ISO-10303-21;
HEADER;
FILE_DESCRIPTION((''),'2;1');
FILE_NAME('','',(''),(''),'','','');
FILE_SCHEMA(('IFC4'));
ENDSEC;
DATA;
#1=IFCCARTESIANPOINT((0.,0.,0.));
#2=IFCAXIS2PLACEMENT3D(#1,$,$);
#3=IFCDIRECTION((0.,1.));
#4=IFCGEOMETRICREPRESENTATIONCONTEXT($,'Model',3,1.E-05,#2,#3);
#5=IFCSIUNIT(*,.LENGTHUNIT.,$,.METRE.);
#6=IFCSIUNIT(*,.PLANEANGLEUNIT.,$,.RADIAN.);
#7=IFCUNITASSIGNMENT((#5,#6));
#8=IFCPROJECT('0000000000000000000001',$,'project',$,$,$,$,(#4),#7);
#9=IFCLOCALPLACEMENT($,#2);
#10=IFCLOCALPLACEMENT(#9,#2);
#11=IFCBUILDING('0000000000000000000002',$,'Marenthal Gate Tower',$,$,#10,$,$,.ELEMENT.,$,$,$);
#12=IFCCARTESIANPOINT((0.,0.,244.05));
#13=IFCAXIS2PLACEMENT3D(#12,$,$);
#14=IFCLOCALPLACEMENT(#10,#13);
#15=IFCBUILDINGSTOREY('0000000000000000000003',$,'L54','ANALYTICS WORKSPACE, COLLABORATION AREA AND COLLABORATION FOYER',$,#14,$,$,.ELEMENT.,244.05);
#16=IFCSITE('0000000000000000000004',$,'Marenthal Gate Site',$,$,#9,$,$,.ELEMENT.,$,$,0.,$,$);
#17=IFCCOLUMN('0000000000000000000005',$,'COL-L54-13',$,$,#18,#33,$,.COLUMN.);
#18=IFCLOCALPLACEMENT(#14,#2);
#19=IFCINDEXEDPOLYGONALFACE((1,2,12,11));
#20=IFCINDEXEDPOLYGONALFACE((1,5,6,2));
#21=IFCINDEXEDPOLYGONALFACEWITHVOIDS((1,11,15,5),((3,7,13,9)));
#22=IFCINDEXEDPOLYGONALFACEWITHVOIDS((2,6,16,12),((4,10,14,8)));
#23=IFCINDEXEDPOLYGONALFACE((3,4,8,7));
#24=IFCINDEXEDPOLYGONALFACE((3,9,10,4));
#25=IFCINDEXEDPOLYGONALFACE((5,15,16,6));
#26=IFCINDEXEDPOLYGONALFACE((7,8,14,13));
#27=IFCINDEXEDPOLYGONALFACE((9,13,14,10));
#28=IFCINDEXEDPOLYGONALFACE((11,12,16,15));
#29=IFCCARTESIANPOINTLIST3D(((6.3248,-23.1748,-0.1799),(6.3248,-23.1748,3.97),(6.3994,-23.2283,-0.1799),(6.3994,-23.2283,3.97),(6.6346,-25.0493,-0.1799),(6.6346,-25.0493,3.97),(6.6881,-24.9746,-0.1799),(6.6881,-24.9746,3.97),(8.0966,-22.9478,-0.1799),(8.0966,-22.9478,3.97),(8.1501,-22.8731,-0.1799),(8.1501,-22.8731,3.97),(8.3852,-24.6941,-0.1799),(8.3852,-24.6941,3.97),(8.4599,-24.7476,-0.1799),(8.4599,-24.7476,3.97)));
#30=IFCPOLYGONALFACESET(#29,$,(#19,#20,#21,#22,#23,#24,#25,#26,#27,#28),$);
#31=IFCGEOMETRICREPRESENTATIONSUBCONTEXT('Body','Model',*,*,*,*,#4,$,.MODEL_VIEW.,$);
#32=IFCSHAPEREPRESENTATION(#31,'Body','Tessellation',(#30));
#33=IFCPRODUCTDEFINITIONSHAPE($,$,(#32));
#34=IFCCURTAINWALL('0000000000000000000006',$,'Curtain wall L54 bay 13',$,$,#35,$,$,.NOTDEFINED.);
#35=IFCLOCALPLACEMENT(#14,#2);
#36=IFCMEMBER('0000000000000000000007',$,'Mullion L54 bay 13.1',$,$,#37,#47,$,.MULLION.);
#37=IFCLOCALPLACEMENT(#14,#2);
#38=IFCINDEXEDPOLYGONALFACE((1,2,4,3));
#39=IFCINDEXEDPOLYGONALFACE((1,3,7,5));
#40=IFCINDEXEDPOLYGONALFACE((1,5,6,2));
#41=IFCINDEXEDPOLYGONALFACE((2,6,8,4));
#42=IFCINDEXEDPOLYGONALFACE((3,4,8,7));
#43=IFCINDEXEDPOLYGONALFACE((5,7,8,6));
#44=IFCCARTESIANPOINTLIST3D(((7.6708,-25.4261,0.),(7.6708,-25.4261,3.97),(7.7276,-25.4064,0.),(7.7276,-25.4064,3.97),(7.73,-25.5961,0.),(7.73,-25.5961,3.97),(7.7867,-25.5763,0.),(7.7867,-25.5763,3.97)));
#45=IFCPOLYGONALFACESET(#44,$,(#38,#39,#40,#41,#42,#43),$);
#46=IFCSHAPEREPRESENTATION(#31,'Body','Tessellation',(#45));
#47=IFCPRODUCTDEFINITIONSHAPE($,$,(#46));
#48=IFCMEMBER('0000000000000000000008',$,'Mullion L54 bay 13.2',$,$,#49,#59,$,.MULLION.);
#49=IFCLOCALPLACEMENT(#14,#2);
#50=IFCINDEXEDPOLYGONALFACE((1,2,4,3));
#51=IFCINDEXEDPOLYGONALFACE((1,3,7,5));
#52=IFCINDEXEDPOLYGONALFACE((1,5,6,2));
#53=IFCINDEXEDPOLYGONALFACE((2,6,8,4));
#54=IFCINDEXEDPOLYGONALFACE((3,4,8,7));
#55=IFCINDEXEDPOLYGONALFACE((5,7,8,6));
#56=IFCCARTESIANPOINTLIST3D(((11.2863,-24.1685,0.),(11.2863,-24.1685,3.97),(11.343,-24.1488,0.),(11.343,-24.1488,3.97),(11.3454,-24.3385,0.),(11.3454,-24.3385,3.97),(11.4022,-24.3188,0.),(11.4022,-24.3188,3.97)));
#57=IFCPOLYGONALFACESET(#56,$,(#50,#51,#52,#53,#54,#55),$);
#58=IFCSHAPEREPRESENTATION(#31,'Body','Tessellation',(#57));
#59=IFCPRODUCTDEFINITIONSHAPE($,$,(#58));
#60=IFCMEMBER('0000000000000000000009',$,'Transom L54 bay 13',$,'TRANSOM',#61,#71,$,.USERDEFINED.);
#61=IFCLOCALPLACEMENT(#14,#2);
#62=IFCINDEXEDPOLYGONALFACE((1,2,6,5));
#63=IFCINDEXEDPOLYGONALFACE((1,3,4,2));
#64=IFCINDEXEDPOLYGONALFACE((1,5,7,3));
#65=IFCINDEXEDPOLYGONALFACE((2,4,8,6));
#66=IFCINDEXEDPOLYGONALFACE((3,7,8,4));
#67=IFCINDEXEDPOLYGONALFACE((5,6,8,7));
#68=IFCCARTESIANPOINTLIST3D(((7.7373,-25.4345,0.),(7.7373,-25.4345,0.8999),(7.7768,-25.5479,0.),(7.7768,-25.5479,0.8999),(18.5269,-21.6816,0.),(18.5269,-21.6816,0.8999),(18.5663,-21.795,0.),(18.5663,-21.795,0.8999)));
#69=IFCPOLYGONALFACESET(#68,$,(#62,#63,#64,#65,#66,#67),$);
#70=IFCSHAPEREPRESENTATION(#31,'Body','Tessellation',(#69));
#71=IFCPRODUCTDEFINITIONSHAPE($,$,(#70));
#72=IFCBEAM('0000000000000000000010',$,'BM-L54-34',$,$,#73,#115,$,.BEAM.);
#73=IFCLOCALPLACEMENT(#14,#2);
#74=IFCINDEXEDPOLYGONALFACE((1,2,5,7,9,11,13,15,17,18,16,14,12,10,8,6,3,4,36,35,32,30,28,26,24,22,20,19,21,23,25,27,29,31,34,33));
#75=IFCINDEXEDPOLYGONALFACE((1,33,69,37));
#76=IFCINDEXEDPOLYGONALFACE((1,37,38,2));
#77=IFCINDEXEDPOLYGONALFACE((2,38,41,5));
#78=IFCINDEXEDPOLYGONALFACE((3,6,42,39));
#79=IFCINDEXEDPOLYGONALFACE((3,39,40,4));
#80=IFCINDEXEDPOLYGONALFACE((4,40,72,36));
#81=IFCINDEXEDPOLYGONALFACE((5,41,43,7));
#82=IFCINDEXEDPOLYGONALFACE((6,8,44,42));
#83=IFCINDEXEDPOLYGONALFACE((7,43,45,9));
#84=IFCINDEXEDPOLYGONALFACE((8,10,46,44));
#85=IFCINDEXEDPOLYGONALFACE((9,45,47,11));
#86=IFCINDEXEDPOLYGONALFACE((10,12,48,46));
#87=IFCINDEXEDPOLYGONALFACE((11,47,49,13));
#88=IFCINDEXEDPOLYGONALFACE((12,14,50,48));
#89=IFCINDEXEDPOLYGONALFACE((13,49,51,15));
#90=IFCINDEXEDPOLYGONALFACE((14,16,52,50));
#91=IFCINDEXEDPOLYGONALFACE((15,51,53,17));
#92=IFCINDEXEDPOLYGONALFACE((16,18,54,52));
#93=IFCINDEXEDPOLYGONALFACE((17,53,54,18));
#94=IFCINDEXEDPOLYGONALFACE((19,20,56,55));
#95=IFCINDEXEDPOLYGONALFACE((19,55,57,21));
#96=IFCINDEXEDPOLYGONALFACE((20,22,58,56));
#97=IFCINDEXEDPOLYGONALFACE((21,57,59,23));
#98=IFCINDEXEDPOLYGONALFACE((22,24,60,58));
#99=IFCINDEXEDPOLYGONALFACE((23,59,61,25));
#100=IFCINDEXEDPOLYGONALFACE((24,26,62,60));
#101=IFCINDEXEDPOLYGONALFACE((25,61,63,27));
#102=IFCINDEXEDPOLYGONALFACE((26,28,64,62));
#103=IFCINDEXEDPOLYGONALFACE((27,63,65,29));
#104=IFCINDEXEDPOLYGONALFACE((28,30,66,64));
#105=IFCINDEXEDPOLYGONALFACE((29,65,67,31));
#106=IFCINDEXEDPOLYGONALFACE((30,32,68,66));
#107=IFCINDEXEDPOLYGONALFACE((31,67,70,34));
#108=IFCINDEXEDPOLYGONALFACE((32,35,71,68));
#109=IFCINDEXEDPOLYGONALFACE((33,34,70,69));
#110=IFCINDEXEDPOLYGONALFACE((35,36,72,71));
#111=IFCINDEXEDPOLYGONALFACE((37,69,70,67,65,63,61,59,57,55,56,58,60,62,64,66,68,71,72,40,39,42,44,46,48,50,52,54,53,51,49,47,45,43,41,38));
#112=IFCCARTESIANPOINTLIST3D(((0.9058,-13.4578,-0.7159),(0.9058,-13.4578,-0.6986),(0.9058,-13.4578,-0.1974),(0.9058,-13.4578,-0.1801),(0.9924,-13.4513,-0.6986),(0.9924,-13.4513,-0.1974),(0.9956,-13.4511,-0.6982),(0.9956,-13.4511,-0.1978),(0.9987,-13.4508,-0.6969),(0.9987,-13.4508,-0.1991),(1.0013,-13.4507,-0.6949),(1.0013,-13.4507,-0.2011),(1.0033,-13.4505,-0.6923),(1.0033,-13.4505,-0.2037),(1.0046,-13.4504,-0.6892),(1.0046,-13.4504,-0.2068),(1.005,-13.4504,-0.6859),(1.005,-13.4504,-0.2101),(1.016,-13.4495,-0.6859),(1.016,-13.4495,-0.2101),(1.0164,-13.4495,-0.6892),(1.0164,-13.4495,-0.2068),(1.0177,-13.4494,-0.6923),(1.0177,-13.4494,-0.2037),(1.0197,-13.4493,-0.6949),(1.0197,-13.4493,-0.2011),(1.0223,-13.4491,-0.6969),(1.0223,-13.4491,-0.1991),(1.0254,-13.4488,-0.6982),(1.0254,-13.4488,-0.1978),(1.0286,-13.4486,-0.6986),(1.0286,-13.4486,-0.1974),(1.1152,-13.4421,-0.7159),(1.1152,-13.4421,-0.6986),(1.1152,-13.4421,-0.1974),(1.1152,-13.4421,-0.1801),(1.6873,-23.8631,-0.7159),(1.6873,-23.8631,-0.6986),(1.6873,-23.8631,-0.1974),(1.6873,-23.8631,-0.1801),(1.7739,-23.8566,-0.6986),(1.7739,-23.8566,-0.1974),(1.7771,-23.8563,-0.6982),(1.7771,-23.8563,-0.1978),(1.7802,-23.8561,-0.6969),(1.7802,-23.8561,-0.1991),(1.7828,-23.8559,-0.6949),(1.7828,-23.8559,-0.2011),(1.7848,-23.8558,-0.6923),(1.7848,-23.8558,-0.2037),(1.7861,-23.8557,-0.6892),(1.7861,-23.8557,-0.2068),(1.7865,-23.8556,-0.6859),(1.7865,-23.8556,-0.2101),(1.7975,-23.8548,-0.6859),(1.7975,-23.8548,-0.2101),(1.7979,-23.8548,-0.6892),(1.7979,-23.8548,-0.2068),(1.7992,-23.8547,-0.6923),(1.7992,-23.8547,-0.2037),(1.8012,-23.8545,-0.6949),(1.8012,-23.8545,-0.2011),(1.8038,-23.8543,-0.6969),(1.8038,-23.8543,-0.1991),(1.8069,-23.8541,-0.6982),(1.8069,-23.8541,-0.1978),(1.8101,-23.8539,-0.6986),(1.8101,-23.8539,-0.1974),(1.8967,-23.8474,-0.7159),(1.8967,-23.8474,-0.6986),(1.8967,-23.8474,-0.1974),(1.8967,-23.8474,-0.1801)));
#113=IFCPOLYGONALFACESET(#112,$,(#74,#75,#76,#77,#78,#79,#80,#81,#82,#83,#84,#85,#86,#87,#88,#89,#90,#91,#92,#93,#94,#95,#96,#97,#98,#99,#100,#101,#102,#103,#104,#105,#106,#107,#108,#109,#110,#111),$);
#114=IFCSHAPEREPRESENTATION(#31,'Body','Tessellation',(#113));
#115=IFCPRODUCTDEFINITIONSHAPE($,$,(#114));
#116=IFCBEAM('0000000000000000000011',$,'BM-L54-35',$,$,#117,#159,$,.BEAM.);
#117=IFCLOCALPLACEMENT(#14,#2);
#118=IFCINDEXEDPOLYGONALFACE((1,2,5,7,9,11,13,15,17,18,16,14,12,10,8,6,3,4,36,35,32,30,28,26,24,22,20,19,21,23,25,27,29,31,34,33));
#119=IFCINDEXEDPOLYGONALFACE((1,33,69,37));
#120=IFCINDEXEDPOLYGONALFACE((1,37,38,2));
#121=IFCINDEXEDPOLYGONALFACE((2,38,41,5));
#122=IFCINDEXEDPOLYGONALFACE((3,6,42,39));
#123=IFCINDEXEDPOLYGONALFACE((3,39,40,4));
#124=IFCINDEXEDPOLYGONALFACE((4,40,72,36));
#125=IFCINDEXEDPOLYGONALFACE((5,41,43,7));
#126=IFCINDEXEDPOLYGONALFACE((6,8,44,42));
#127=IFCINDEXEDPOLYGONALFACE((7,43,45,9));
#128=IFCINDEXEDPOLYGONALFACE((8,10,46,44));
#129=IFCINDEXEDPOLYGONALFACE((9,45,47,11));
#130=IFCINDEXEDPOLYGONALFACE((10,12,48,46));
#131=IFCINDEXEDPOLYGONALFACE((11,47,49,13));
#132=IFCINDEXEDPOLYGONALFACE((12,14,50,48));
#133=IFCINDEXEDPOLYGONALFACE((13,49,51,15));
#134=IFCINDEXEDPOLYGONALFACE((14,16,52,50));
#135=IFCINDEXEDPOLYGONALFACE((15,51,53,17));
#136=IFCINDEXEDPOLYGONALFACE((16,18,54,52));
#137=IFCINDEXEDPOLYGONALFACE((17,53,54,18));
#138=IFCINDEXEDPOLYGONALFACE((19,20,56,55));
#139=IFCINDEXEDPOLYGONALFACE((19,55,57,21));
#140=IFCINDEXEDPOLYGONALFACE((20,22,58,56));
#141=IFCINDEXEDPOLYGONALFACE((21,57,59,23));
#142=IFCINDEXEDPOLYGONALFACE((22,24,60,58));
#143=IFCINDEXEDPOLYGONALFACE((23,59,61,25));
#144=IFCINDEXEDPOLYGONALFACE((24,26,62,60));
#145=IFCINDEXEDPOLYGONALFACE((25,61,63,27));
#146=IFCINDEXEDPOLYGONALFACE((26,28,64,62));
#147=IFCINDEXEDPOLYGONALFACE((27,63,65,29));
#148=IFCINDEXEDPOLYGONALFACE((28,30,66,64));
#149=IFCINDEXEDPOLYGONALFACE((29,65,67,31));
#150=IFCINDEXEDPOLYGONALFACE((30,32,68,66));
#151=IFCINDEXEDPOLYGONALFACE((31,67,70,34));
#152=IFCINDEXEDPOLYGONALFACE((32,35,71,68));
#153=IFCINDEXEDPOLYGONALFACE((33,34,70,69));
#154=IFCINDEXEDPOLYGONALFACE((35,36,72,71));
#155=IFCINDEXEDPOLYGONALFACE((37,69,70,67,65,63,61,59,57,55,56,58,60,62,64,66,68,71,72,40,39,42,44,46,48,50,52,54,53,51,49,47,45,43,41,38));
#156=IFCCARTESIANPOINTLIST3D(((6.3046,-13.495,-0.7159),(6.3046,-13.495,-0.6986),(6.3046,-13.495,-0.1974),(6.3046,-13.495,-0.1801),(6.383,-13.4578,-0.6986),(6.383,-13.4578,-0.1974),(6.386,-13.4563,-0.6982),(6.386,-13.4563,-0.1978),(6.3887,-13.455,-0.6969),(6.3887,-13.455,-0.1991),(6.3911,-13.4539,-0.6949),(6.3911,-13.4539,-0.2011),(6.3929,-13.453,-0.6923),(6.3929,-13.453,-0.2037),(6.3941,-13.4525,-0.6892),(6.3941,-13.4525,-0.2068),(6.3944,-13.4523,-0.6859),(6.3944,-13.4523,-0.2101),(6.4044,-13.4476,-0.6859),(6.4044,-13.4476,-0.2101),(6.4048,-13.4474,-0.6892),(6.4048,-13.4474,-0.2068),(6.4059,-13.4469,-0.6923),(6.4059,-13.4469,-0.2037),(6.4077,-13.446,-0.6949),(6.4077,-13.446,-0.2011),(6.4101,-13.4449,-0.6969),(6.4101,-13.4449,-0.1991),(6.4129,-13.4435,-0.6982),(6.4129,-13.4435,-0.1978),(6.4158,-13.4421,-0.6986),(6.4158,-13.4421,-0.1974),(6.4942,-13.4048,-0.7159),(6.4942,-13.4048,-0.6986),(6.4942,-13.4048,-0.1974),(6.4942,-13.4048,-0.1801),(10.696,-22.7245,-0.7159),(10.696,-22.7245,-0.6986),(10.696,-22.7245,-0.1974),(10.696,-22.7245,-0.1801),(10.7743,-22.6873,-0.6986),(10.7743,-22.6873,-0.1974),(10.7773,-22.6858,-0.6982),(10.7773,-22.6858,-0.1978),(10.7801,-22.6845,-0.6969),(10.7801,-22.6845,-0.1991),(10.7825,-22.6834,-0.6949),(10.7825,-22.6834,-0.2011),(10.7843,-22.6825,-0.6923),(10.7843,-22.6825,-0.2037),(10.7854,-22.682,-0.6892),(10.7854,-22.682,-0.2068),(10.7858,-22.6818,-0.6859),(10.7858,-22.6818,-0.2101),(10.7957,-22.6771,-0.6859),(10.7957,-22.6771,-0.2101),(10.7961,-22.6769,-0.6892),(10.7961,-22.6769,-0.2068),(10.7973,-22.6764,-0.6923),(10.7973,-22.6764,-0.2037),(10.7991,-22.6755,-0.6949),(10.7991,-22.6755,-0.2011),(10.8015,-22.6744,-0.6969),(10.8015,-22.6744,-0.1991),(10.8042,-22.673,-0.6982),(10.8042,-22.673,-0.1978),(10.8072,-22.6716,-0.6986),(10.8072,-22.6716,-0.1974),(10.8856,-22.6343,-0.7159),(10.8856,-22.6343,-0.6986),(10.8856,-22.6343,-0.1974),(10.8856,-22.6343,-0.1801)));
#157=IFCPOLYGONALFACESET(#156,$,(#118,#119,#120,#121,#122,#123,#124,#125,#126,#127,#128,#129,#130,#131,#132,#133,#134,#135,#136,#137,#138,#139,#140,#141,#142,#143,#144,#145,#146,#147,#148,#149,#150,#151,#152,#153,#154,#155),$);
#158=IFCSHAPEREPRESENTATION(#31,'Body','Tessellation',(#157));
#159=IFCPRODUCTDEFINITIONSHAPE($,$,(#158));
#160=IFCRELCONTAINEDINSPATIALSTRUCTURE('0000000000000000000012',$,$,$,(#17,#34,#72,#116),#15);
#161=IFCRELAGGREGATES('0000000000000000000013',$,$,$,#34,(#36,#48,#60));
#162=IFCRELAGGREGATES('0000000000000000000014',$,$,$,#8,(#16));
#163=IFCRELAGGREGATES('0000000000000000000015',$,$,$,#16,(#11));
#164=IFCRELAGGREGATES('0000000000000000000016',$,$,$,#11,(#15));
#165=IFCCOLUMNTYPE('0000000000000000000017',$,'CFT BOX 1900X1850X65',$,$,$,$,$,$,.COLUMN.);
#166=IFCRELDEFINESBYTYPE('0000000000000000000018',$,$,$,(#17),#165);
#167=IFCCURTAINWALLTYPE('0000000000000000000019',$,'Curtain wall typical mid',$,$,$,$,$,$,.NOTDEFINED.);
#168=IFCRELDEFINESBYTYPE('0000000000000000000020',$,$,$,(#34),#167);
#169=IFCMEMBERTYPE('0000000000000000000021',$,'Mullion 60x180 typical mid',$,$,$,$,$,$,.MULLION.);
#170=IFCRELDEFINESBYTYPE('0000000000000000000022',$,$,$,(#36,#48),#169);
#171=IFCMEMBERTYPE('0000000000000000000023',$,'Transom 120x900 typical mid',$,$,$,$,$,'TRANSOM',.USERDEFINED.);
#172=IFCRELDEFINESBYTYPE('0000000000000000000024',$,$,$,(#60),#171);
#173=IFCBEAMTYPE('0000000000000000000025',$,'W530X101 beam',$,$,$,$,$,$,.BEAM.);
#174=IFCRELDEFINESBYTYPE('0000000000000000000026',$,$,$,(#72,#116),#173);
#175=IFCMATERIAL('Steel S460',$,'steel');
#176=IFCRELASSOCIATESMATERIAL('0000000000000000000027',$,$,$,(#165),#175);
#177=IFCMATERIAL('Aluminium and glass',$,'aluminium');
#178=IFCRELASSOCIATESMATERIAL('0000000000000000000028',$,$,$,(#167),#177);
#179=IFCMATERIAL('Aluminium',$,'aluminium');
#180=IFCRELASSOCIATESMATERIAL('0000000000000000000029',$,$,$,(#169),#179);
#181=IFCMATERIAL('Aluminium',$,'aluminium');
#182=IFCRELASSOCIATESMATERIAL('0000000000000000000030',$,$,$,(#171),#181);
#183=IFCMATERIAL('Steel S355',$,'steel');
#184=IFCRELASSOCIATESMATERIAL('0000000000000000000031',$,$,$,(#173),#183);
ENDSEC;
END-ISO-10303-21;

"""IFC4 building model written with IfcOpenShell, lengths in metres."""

from ifc_helpers import new_model, si_unit, direction, frame, origin, origin_2d, place, context, subcontext, project, spatial, rectangle, hollow_rectangle, i_section, extrude, material, material_profile, profile_set, type_object, element, aggregate, save


model = new_model("IFC4")

# Units and contexts
model_context = context("Model", 3, precision=1e-05, world=origin(), true_north=direction((0.0, 1.0)))
body_context = subcontext(model_context, "Body", "Model", "MODEL_VIEW")
ifc_project = project(units=[si_unit("LENGTHUNIT", "METRE"), si_unit("PLANEANGLEUNIT", "RADIAN")], contexts=[model_context])

# Site, building, storey
site_placement = place(None, origin())
site = spatial("IfcSite", under=ifc_project, at=site_placement, Name="Marenthal Gate Site", CompositionType="ELEMENT", RefElevation=0.0)
building_placement = place(site_placement, origin())
building = spatial("IfcBuilding", under=site, at=building_placement, Name="Marenthal Gate Tower", CompositionType="ELEMENT")
storey_placement = place(building_placement, frame((0.0, 0.0, 244.05)))
storey = spatial("IfcBuildingStorey", under=building, at=storey_placement, Name="L54", Description="ANALYTICS WORKSPACE, COLLABORATION AREA AND COLLABORATION FOYER", CompositionType="ELEMENT", Elevation=244.05)

# Column
ifc_material_1 = material(Name="Steel S460", Category="steel")
ifc_material_profile_1 = material_profile(ifc_material_1, hollow_rectangle(XDim=1.8501, YDim=1.8999, WallThickness=0.0649, at=origin_2d()), Name="CFT BOX 1900X1850X65")
ifc_material_2 = material(Name="Concrete 70 MPa", Category="concrete")
ifc_material_profile_2 = material_profile(ifc_material_2, rectangle(XDim=1.72, YDim=1.77, at=origin_2d()), Name="CFT BOX 1900X1850X65 INFILL")
ifc_profile_set_1 = profile_set([ifc_material_profile_1, ifc_material_profile_2], Name="Steel S460 shell, Concrete 70 MPa infill")
column_type = type_object("IfcColumnType", Name="CFT BOX 1900X1850X65", PredefinedType="COLUMN", material=ifc_profile_set_1)
column_placement = place(storey_placement, frame((7.3923, -23.9612, -0.1799), z_axis=(0.0, 0.0, 1.0), x_axis=(-0.986614, -0.163073, 0.0)))
element("IfcColumn", 1, at=column_placement, inside=storey, type_object=column_type, Name="COL-L54-13", PredefinedType="COLUMN", context=body_context, shape_type="SweptSolid", body=[
    extrude(hollow_rectangle(XDim=1.8501, YDim=1.8999, WallThickness=0.0649, at=origin_2d()), origin(), (0.0, 0.0, 1.0), 4.1499),
])

# Curtain wall, members
ifc_material_3 = material(Name="Aluminium and glass", Category="aluminium")
curtain_wall_type = type_object("IfcCurtainWallType", Name="Curtain wall typical mid", PredefinedType="NOTDEFINED", material=ifc_material_3)
curtain_wall_placement = place(storey_placement, origin())
curtain_wall = element("IfcCurtainWall", 2, at=curtain_wall_placement, inside=storey, type_object=curtain_wall_type, Name="Curtain wall L54 bay 13", PredefinedType="NOTDEFINED")
ifc_material_4 = material(Name="Aluminium", Category="aluminium")
ifc_material_profile_3 = material_profile(ifc_material_4, rectangle(XDim=0.1799, YDim=0.0601, at=origin_2d()), Name="60x180 aluminium mullion")
ifc_profile_set_2 = profile_set([ifc_material_profile_3], Name="Aluminium")
member_type_1 = type_object("IfcMemberType", Name="Mullion 60x180 typical mid", PredefinedType="MULLION", material=ifc_profile_set_2)
member_1_placement = place(storey_placement, frame((7.7288, -25.5012, 0.0), z_axis=(0.0, 0.0, 1.0), x_axis=(-0.32854, 0.94449, 0.0)))
member_1 = element("IfcMember", 3, at=member_1_placement, type_object=member_type_1, Name="Mullion L54 bay 13.1", PredefinedType="MULLION", context=body_context, shape_type="SweptSolid", body=[
    extrude(rectangle(XDim=0.1799, YDim=0.0601, at=origin_2d()), origin(), (0.0, 0.0, 1.0), 3.97),
])
member_2_placement = place(storey_placement, frame((11.3442, -24.2437, 0.0), z_axis=(0.0, 0.0, 1.0), x_axis=(-0.32854, 0.94449, 0.0)))
member_2 = element("IfcMember", 4, at=member_2_placement, type_object=member_type_1, Name="Mullion L54 bay 13.2", PredefinedType="MULLION", context=body_context, shape_type="SweptSolid", body=[
    extrude(rectangle(XDim=0.1799, YDim=0.0601, at=origin_2d()), origin(), (0.0, 0.0, 1.0), 3.97),
])
ifc_material_5 = material(Name="Aluminium", Category="aluminium")
ifc_material_profile_4 = material_profile(ifc_material_5, rectangle(XDim=0.1201, YDim=0.8999, at=origin_2d()), Name="120x900 aluminium transom")
ifc_profile_set_3 = profile_set([ifc_material_profile_4], Name="Aluminium")
member_type_2 = type_object("IfcMemberType", Name="Transom 120x900 typical mid", ElementType="TRANSOM", PredefinedType="USERDEFINED", material=ifc_profile_set_3)
member_3_placement = place(storey_placement, frame((7.7571, -25.4912, 0.45), z_axis=(0.944496, 0.328524, 0.0), x_axis=(-0.328524, 0.944496, 0.0)))
member_3 = element("IfcMember", 5, at=member_3_placement, type_object=member_type_2, Name="Transom L54 bay 13", ObjectType="TRANSOM", PredefinedType="USERDEFINED", context=body_context, shape_type="SweptSolid", body=[
    extrude(rectangle(XDim=0.1201, YDim=0.8999, at=origin_2d()), origin(), (0.0, 0.0, 1.0), 11.4236),
])

# Beams
ifc_material_6 = material(Name="Steel S355", Category="steel")
ifc_material_profile_5 = material_profile(ifc_material_6, i_section(OverallWidth=0.21, OverallDepth=0.5359, WebThickness=0.011, FlangeThickness=0.0173, FilletRadius=0.0127, at=origin_2d()), Name="W530X101")
ifc_profile_set_4 = profile_set([ifc_material_profile_5], Name="Steel S355")
beam_type_1 = type_object("IfcBeamType", Name="W530X101 beam", PredefinedType="BEAM", material=ifc_profile_set_4)
beam_1_placement = place(storey_placement, frame((1.792, -23.8552, -0.448), z_axis=(-0.074895, 0.997191, 0.0), x_axis=(-0.997191, -0.074895, 0.0)))
element("IfcBeam", 6, at=beam_1_placement, inside=storey, type_object=beam_type_1, Name="BM-L54-34", PredefinedType="BEAM", context=body_context, shape_type="SweptSolid", body=[
    extrude(i_section(OverallWidth=0.21, OverallDepth=0.5359, WebThickness=0.011, FlangeThickness=0.0173, FilletRadius=0.0127, at=origin_2d()), origin(), (0.0, 0.0, 1.0), 10.4346),
])
beam_2_placement = place(storey_placement, frame((10.7908, -22.6794, -0.448), z_axis=(-0.429643, 0.902999, 0.0), x_axis=(-0.902999, -0.429643, 0.0)))
element("IfcBeam", 7, at=beam_2_placement, inside=storey, type_object=beam_type_1, Name="BM-L54-35", PredefinedType="BEAM", context=body_context, shape_type="SweptSolid", body=[
    extrude(i_section(OverallWidth=0.21, OverallDepth=0.5359, WebThickness=0.011, FlangeThickness=0.0173, FilletRadius=0.0127, at=origin_2d()), origin(), (0.0, 0.0, 1.0), 10.2209),
])

aggregate(curtain_wall, [member_1, member_2, member_3])

save(model, "model.ifc")
